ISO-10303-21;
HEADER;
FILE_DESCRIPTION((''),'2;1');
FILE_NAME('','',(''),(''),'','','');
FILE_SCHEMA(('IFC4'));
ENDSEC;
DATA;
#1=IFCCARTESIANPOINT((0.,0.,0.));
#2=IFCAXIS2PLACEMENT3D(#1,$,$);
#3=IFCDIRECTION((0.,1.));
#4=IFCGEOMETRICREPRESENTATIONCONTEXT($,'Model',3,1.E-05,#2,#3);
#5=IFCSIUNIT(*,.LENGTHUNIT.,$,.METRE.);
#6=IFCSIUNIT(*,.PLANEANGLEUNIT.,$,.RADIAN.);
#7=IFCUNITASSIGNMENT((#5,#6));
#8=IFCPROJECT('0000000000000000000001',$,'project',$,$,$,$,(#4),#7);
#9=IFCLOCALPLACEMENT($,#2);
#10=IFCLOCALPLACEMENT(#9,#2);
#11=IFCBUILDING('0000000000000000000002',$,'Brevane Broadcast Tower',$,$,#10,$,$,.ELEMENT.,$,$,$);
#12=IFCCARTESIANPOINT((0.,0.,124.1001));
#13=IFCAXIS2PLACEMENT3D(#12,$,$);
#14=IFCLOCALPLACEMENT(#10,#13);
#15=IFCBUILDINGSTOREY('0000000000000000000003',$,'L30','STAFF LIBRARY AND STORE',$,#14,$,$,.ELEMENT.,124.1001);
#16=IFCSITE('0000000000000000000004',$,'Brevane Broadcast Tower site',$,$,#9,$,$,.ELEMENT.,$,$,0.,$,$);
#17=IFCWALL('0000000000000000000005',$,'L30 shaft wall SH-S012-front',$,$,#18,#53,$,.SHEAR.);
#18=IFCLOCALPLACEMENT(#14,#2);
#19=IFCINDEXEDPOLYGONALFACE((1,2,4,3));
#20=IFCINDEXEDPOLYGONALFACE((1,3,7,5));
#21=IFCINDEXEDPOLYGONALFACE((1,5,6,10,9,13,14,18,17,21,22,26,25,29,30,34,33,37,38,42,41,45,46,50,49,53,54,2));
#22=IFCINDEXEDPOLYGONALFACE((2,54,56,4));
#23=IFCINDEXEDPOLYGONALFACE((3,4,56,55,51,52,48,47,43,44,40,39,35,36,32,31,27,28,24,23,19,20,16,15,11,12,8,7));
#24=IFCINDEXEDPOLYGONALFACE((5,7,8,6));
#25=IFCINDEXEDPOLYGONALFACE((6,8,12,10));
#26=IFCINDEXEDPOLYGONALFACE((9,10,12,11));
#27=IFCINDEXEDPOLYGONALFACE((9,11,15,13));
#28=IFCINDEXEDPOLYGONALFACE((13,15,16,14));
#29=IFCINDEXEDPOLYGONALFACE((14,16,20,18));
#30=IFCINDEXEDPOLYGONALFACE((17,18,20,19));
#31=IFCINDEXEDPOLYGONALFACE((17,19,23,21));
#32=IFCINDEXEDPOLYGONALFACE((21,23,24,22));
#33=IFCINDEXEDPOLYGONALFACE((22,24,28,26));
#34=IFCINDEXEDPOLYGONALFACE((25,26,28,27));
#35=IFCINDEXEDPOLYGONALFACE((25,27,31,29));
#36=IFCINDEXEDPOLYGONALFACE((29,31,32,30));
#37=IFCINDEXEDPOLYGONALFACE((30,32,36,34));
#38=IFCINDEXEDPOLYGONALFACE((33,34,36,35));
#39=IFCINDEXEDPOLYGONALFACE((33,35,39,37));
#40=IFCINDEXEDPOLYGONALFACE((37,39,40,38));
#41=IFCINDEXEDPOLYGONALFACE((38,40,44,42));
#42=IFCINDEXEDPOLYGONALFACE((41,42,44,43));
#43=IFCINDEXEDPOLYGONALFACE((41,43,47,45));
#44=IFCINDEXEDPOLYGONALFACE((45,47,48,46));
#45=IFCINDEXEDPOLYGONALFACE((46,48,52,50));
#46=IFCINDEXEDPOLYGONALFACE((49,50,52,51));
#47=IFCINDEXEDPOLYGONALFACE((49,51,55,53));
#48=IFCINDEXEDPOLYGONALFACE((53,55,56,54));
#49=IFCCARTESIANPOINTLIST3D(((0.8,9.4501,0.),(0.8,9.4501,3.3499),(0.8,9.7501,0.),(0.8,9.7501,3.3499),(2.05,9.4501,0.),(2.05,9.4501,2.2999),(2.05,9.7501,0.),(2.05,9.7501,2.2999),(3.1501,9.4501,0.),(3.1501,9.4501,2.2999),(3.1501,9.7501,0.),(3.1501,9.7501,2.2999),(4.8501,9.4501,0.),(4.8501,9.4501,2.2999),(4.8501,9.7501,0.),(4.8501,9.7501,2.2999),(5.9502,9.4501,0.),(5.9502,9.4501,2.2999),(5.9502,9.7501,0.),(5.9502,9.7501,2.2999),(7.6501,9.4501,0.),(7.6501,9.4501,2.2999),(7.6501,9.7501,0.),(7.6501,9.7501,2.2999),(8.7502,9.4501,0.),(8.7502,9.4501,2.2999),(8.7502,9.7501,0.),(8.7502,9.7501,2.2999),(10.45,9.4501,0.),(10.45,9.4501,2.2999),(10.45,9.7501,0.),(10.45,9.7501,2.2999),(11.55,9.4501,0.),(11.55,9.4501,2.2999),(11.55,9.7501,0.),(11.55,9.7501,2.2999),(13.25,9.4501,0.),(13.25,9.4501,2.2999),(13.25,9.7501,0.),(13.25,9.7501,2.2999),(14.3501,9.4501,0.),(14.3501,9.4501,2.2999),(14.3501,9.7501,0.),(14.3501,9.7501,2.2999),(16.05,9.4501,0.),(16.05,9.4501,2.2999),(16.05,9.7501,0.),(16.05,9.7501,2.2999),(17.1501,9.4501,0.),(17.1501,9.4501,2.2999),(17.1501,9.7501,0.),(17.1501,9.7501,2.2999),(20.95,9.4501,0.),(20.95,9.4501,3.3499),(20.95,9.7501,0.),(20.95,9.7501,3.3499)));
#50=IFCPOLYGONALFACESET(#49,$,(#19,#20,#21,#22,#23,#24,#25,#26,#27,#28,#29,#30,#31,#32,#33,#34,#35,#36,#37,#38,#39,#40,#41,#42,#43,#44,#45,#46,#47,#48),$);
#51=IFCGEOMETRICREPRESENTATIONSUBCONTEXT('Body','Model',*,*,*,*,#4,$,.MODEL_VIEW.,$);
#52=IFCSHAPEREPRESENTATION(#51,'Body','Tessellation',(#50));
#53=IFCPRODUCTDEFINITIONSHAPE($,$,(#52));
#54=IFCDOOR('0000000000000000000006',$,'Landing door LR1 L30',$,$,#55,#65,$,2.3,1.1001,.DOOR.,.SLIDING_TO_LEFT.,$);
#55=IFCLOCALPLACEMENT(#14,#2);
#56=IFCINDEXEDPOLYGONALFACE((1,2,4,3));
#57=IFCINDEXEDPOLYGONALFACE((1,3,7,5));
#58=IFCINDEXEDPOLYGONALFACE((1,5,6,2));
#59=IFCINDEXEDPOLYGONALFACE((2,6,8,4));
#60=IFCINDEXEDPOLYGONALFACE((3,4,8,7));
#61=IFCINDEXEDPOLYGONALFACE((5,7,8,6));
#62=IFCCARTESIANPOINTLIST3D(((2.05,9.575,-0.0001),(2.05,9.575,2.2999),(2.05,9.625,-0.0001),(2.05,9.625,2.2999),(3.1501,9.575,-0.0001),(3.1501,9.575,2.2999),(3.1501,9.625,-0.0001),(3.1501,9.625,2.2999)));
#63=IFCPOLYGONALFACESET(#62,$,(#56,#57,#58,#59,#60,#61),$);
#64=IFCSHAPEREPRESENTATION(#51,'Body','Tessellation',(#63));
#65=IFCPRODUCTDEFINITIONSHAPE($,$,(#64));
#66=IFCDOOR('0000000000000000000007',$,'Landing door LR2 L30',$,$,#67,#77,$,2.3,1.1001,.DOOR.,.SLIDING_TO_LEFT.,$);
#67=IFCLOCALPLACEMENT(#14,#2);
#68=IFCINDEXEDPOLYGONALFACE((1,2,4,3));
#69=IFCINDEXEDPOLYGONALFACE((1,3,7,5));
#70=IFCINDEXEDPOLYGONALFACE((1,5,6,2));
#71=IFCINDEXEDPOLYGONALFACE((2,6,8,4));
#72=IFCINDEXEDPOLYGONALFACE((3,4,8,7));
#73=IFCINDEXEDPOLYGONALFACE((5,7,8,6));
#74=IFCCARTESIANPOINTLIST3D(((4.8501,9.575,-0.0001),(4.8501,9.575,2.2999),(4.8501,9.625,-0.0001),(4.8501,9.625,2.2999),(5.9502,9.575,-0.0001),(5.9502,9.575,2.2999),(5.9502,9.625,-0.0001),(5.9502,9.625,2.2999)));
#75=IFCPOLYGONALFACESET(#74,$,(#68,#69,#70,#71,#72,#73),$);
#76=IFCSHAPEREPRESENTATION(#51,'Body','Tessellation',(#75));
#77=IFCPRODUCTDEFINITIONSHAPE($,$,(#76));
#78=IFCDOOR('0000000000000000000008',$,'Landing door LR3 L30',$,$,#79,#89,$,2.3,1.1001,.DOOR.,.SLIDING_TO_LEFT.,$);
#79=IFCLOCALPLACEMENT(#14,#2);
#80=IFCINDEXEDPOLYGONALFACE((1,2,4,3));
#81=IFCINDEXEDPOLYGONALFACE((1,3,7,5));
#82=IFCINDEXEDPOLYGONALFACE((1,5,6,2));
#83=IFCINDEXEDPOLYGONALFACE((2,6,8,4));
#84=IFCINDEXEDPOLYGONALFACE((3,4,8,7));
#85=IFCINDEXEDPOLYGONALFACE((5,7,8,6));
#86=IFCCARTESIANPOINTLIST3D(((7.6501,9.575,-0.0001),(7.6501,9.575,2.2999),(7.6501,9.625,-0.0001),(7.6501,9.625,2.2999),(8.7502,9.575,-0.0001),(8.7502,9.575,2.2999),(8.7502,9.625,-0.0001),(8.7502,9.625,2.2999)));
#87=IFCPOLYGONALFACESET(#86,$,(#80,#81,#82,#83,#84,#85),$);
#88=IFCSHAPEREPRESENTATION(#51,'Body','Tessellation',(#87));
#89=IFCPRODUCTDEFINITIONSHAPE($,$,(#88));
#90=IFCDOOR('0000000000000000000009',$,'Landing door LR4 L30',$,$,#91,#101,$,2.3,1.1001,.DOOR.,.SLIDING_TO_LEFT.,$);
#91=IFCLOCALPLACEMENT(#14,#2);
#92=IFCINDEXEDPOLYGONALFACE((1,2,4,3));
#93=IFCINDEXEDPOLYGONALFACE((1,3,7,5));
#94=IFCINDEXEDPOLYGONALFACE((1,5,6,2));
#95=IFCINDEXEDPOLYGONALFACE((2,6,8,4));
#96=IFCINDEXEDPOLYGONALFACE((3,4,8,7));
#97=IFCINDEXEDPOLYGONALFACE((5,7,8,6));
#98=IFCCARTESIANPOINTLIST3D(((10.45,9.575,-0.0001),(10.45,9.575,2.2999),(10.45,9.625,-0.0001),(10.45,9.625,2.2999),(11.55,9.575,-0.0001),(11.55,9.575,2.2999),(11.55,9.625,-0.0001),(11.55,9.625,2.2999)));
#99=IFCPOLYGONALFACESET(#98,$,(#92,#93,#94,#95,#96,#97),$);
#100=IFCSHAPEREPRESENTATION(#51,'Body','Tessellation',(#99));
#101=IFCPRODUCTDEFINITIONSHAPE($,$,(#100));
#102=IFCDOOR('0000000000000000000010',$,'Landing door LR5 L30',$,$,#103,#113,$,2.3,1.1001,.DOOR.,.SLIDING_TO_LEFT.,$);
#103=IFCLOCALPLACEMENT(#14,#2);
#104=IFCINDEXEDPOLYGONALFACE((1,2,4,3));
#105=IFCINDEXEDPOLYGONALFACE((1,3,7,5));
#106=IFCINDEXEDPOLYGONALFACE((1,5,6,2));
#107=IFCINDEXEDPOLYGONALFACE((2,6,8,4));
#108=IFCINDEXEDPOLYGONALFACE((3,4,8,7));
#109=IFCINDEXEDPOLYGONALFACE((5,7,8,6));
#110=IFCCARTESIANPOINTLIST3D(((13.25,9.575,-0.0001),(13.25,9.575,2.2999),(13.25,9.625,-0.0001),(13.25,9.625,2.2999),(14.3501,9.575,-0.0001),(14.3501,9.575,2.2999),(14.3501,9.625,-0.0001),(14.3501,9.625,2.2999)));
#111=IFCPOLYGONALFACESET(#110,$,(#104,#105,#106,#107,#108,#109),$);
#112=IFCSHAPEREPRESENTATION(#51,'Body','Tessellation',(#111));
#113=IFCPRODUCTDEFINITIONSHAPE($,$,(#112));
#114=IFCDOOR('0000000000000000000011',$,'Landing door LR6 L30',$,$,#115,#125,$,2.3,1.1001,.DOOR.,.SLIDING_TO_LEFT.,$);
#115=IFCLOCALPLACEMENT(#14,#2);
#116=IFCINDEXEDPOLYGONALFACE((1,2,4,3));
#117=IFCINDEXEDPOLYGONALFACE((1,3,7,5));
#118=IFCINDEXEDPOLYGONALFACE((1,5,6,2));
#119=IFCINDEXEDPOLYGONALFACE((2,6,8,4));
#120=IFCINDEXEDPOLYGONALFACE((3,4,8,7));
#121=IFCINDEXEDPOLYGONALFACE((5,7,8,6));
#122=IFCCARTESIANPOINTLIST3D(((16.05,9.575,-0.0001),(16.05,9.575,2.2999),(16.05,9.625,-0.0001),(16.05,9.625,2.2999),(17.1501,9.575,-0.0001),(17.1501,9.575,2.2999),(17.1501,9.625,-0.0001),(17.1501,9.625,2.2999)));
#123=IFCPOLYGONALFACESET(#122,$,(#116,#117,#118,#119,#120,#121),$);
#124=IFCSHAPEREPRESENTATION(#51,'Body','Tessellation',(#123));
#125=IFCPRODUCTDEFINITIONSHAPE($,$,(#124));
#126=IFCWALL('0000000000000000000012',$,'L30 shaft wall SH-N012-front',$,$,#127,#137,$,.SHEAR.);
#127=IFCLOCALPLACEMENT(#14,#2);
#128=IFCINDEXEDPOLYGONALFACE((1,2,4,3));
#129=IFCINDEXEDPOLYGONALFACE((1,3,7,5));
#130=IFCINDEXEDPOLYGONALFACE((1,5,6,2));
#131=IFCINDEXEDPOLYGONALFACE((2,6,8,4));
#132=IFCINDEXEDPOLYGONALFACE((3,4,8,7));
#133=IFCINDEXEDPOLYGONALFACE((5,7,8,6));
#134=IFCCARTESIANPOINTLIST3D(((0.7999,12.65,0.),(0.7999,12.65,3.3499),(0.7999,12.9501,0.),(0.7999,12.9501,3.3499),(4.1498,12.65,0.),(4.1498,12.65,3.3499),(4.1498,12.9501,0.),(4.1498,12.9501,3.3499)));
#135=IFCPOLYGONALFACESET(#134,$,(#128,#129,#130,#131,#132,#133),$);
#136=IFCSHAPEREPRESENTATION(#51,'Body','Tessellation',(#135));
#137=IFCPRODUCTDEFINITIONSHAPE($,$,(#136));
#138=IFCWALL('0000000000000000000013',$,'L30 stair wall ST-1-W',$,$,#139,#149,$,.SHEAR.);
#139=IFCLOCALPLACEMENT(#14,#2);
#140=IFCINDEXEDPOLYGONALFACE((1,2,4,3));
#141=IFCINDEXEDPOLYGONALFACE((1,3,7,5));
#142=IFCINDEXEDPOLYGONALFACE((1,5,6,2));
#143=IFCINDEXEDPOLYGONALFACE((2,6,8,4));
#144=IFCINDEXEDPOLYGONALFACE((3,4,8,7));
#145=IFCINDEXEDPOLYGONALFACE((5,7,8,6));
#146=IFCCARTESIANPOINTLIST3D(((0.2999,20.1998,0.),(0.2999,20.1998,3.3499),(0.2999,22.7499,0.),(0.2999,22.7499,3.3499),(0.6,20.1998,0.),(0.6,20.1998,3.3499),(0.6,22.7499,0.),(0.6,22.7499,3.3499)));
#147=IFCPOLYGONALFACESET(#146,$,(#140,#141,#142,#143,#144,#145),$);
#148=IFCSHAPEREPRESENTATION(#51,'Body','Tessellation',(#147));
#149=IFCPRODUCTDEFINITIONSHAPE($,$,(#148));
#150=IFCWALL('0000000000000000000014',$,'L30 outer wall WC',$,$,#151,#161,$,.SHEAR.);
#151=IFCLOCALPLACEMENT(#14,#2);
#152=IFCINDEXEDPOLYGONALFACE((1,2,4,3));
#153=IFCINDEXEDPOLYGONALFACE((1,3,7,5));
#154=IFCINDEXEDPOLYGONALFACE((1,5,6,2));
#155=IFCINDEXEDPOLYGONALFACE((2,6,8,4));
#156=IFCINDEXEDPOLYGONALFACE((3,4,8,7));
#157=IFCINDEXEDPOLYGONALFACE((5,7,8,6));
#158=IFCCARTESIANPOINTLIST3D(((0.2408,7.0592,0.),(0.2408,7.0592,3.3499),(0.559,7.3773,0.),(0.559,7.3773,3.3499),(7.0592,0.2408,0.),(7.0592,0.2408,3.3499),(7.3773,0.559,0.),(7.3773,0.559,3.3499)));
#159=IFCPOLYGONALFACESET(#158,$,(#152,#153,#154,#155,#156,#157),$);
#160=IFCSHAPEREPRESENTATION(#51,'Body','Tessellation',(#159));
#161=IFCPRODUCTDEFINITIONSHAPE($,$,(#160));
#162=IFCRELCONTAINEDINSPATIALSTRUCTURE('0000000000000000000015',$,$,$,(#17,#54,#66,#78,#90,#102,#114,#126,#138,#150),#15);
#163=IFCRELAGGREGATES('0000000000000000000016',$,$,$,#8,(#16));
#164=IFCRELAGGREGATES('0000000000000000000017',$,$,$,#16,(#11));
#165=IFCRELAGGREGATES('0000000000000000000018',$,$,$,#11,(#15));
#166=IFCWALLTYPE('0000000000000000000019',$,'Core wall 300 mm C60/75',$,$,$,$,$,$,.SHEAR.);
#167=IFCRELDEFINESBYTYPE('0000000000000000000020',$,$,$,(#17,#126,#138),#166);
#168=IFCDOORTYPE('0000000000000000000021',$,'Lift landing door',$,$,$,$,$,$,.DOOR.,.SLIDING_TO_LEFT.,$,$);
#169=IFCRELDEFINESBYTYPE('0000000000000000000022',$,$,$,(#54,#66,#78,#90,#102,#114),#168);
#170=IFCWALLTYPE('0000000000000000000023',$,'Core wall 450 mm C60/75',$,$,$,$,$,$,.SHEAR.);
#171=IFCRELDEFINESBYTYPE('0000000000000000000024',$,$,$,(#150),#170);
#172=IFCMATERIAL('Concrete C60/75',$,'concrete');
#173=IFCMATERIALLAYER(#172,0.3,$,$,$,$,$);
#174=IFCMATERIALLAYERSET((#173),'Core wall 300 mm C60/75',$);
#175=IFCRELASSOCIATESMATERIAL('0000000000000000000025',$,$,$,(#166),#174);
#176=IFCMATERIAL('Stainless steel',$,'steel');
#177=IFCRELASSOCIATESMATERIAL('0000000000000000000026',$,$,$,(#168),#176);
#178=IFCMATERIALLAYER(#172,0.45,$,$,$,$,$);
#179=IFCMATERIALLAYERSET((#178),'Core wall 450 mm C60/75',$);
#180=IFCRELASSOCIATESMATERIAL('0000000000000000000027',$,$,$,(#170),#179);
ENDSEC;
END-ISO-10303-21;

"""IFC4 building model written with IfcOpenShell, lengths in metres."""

from ifc_helpers import new_model, si_unit, direction, frame, frame_2d, origin, place, context, subcontext, project, spatial, rectangle, extrude, material, layer, layer_set, type_object, element, fill, save


model = new_model("IFC4")

# Units and contexts
model_context = context("Model", 3, precision=1e-05, world=origin(), true_north=direction((0.0, 1.0)))
body_context = subcontext(model_context, "Body", "Model", "MODEL_VIEW")
ifc_project = project(units=[si_unit("LENGTHUNIT", "METRE"), si_unit("PLANEANGLEUNIT", "RADIAN")], contexts=[model_context])

# Site, building, storey
site_placement = place(None, origin())
site = spatial("IfcSite", under=ifc_project, at=site_placement, Name="Brevane Broadcast Tower site", CompositionType="ELEMENT", RefElevation=0.0)
building_placement = place(site_placement, origin())
building = spatial("IfcBuilding", under=site, at=building_placement, Name="Brevane Broadcast Tower", CompositionType="ELEMENT")
storey_placement = place(building_placement, frame((0.0, 0.0, 124.1001)))
storey = spatial("IfcBuildingStorey", under=building, at=storey_placement, Name="L30", Description="STAFF LIBRARY AND STORE", CompositionType="ELEMENT", Elevation=124.1001)

# Wall, openings, doors
ifc_material_1 = material(Name="Concrete C60/75", Category="concrete")
ifc_layer_1 = layer(ifc_material_1, 0.3)
ifc_layer_set_1 = layer_set([ifc_layer_1], Name="Core wall 300 mm C60/75")
wall_type_1 = type_object("IfcWallType", Name="Core wall 300 mm C60/75", PredefinedType="SHEAR", material=ifc_layer_set_1)
wall_1_placement = place(storey_placement, frame((0.8, 9.6001, 0.0), z_axis=(0.0, 0.0, 1.0), x_axis=(1.0, 0.0, 0.0)))
wall_1 = element("IfcWall", 1, at=wall_1_placement, inside=storey, type_object=wall_type_1, Name="L30 shaft wall SH-S012-front", PredefinedType="SHEAR", context=body_context, shape_type="SweptSolid", body=[
    extrude(rectangle(XDim=20.1499, YDim=0.3, at=frame_2d((10.075, 0.0))), origin(), (0.0, 0.0, 1.0), 3.3499),
])
opening_1_placement = place(wall_1_placement, frame((1.25, 0.0, 0.0)))
opening_1 = element("IfcOpeningElement", 2, at=opening_1_placement, cuts=wall_1, PredefinedType="OPENING", context=body_context, shape_type="SweptSolid", body=[
    extrude(rectangle(XDim=1.1001, YDim=2.3, at=frame_2d((0.55, 1.1499))), frame((0.0, 0.1599, 0.0), z_axis=(0.0, -1.0, 0.0), x_axis=(1.0, 0.0, 0.0)), (0.0, 0.0, 1.0), 0.3201),
])
opening_2_placement = place(wall_1_placement, frame((4.05, 0.0, 0.0)))
opening_2 = element("IfcOpeningElement", 3, at=opening_2_placement, cuts=wall_1, PredefinedType="OPENING", context=body_context, shape_type="SweptSolid", body=[
    extrude(rectangle(XDim=1.1001, YDim=2.3, at=frame_2d((0.55, 1.1499))), frame((0.0, 0.1599, 0.0), z_axis=(0.0, -1.0, 0.0), x_axis=(1.0, 0.0, 0.0)), (0.0, 0.0, 1.0), 0.3201),
])
opening_3_placement = place(wall_1_placement, frame((6.8501, 0.0, 0.0)))
opening_3 = element("IfcOpeningElement", 4, at=opening_3_placement, cuts=wall_1, PredefinedType="OPENING", context=body_context, shape_type="SweptSolid", body=[
    extrude(rectangle(XDim=1.1001, YDim=2.3, at=frame_2d((0.55, 1.1499))), frame((0.0, 0.1599, 0.0), z_axis=(0.0, -1.0, 0.0), x_axis=(1.0, 0.0, 0.0)), (0.0, 0.0, 1.0), 0.3201),
])
opening_4_placement = place(wall_1_placement, frame((9.6499, 0.0, 0.0)))
opening_4 = element("IfcOpeningElement", 5, at=opening_4_placement, cuts=wall_1, PredefinedType="OPENING", context=body_context, shape_type="SweptSolid", body=[
    extrude(rectangle(XDim=1.1001, YDim=2.3, at=frame_2d((0.55, 1.1499))), frame((0.0, 0.1599, 0.0), z_axis=(0.0, -1.0, 0.0), x_axis=(1.0, 0.0, 0.0)), (0.0, 0.0, 1.0), 0.3201),
])
opening_5_placement = place(wall_1_placement, frame((12.45, 0.0, 0.0)))
opening_5 = element("IfcOpeningElement", 6, at=opening_5_placement, cuts=wall_1, PredefinedType="OPENING", context=body_context, shape_type="SweptSolid", body=[
    extrude(rectangle(XDim=1.1001, YDim=2.3, at=frame_2d((0.55, 1.1499))), frame((0.0, 0.1599, 0.0), z_axis=(0.0, -1.0, 0.0), x_axis=(1.0, 0.0, 0.0)), (0.0, 0.0, 1.0), 0.3201),
])
opening_6_placement = place(wall_1_placement, frame((15.25, 0.0, 0.0)))
opening_6 = element("IfcOpeningElement", 7, at=opening_6_placement, cuts=wall_1, PredefinedType="OPENING", context=body_context, shape_type="SweptSolid", body=[
    extrude(rectangle(XDim=1.1001, YDim=2.3, at=frame_2d((0.55, 1.1499))), frame((0.0, 0.1599, 0.0), z_axis=(0.0, -1.0, 0.0), x_axis=(1.0, 0.0, 0.0)), (0.0, 0.0, 1.0), 0.3201),
])
ifc_material_2 = material(Name="Stainless steel", Category="steel")
door_type = type_object("IfcDoorType", Name="Lift landing door", OperationType="SLIDING_TO_LEFT", PredefinedType="DOOR", material=ifc_material_2)
door_1_placement = place(opening_1_placement, origin())
door_1 = element("IfcDoor", 8, at=door_1_placement, inside=storey, type_object=door_type, Name="Landing door LR1 L30", OperationType="SLIDING_TO_LEFT", OverallHeight=2.3, OverallWidth=1.1001, PredefinedType="DOOR", context=body_context, shape_type="SweptSolid", body=[
    extrude(rectangle(XDim=1.1001, YDim=2.3, at=frame_2d((0.55, 1.1499))), frame((0.0, 0.0249, 0.0), z_axis=(0.0, -1.0, 0.0), x_axis=(1.0, 0.0, 0.0)), (0.0, 0.0, 1.0), 0.05),
])
fill(opening_1, door_1)
door_2_placement = place(opening_2_placement, origin())
door_2 = element("IfcDoor", 9, at=door_2_placement, inside=storey, type_object=door_type, Name="Landing door LR2 L30", OperationType="SLIDING_TO_LEFT", OverallHeight=2.3, OverallWidth=1.1001, PredefinedType="DOOR", context=body_context, shape_type="SweptSolid", body=[
    extrude(rectangle(XDim=1.1001, YDim=2.3, at=frame_2d((0.55, 1.1499))), frame((0.0, 0.0249, 0.0), z_axis=(0.0, -1.0, 0.0), x_axis=(1.0, 0.0, 0.0)), (0.0, 0.0, 1.0), 0.05),
])
fill(opening_2, door_2)
door_3_placement = place(opening_3_placement, origin())
door_3 = element("IfcDoor", 10, at=door_3_placement, inside=storey, type_object=door_type, Name="Landing door LR3 L30", OperationType="SLIDING_TO_LEFT", OverallHeight=2.3, OverallWidth=1.1001, PredefinedType="DOOR", context=body_context, shape_type="SweptSolid", body=[
    extrude(rectangle(XDim=1.1001, YDim=2.3, at=frame_2d((0.55, 1.1499))), frame((0.0, 0.0249, 0.0), z_axis=(0.0, -1.0, 0.0), x_axis=(1.0, 0.0, 0.0)), (0.0, 0.0, 1.0), 0.05),
])
fill(opening_3, door_3)
door_4_placement = place(opening_4_placement, origin())
door_4 = element("IfcDoor", 11, at=door_4_placement, inside=storey, type_object=door_type, Name="Landing door LR4 L30", OperationType="SLIDING_TO_LEFT", OverallHeight=2.3, OverallWidth=1.1001, PredefinedType="DOOR", context=body_context, shape_type="SweptSolid", body=[
    extrude(rectangle(XDim=1.1001, YDim=2.3, at=frame_2d((0.55, 1.1499))), frame((0.0, 0.0249, 0.0), z_axis=(0.0, -1.0, 0.0), x_axis=(1.0, 0.0, 0.0)), (0.0, 0.0, 1.0), 0.05),
])
fill(opening_4, door_4)
door_5_placement = place(opening_5_placement, origin())
door_5 = element("IfcDoor", 12, at=door_5_placement, inside=storey, type_object=door_type, Name="Landing door LR5 L30", OperationType="SLIDING_TO_LEFT", OverallHeight=2.3, OverallWidth=1.1001, PredefinedType="DOOR", context=body_context, shape_type="SweptSolid", body=[
    extrude(rectangle(XDim=1.1001, YDim=2.3, at=frame_2d((0.55, 1.1499))), frame((0.0, 0.0249, 0.0), z_axis=(0.0, -1.0, 0.0), x_axis=(1.0, 0.0, 0.0)), (0.0, 0.0, 1.0), 0.05),
])
fill(opening_5, door_5)
door_6_placement = place(opening_6_placement, origin())
door_6 = element("IfcDoor", 13, at=door_6_placement, inside=storey, type_object=door_type, Name="Landing door LR6 L30", OperationType="SLIDING_TO_LEFT", OverallHeight=2.3, OverallWidth=1.1001, PredefinedType="DOOR", context=body_context, shape_type="SweptSolid", body=[
    extrude(rectangle(XDim=1.1001, YDim=2.3, at=frame_2d((0.55, 1.1499))), frame((0.0, 0.0249, 0.0), z_axis=(0.0, -1.0, 0.0), x_axis=(1.0, 0.0, 0.0)), (0.0, 0.0, 1.0), 0.05),
])
fill(opening_6, door_6)

# Walls
wall_2_placement = place(storey_placement, frame((0.8, 12.8, 0.0), z_axis=(0.0, 0.0, 1.0), x_axis=(1.0, 0.0, 0.0)))
element("IfcWall", 14, at=wall_2_placement, inside=storey, type_object=wall_type_1, Name="L30 shaft wall SH-N012-front", PredefinedType="SHEAR", context=body_context, shape_type="SweptSolid", body=[
    extrude(rectangle(XDim=3.3499, YDim=0.3, at=frame_2d((1.6748, 0.0))), origin(), (0.0, 0.0, 1.0), 3.3499),
])
wall_3_placement = place(storey_placement, frame((0.45, 20.2, 0.0), z_axis=(0.0, 0.0, 1.0), x_axis=(0.0, 1.0, 0.0)))
element("IfcWall", 15, at=wall_3_placement, inside=storey, type_object=wall_type_1, Name="L30 stair wall ST-1-W", PredefinedType="SHEAR", context=body_context, shape_type="SweptSolid", body=[
    extrude(rectangle(XDim=2.55, YDim=0.3, at=frame_2d((1.2749, 0.0))), origin(), (0.0, 0.0, 1.0), 3.3499),
])
ifc_layer_2 = layer(ifc_material_1, 0.45)
ifc_layer_set_2 = layer_set([ifc_layer_2], Name="Core wall 450 mm C60/75")
wall_type_2 = type_object("IfcWallType", Name="Core wall 450 mm C60/75", PredefinedType="SHEAR", material=ifc_layer_set_2)
wall_4_placement = place(storey_placement, frame((0.3999, 7.2183, 0.0), z_axis=(0.0, 0.0, 1.0), x_axis=(0.707107, -0.707107, 0.0)))
element("IfcWall", 16, at=wall_4_placement, inside=storey, type_object=wall_type_2, Name="L30 outer wall WC", PredefinedType="SHEAR", context=body_context, shape_type="SweptSolid", body=[
    extrude(rectangle(XDim=9.6426, YDim=0.45, at=frame_2d((4.8213, 0.0))), origin(), (0.0, 0.0, 1.0), 3.3499),
])

save(model, "model.ifc")
